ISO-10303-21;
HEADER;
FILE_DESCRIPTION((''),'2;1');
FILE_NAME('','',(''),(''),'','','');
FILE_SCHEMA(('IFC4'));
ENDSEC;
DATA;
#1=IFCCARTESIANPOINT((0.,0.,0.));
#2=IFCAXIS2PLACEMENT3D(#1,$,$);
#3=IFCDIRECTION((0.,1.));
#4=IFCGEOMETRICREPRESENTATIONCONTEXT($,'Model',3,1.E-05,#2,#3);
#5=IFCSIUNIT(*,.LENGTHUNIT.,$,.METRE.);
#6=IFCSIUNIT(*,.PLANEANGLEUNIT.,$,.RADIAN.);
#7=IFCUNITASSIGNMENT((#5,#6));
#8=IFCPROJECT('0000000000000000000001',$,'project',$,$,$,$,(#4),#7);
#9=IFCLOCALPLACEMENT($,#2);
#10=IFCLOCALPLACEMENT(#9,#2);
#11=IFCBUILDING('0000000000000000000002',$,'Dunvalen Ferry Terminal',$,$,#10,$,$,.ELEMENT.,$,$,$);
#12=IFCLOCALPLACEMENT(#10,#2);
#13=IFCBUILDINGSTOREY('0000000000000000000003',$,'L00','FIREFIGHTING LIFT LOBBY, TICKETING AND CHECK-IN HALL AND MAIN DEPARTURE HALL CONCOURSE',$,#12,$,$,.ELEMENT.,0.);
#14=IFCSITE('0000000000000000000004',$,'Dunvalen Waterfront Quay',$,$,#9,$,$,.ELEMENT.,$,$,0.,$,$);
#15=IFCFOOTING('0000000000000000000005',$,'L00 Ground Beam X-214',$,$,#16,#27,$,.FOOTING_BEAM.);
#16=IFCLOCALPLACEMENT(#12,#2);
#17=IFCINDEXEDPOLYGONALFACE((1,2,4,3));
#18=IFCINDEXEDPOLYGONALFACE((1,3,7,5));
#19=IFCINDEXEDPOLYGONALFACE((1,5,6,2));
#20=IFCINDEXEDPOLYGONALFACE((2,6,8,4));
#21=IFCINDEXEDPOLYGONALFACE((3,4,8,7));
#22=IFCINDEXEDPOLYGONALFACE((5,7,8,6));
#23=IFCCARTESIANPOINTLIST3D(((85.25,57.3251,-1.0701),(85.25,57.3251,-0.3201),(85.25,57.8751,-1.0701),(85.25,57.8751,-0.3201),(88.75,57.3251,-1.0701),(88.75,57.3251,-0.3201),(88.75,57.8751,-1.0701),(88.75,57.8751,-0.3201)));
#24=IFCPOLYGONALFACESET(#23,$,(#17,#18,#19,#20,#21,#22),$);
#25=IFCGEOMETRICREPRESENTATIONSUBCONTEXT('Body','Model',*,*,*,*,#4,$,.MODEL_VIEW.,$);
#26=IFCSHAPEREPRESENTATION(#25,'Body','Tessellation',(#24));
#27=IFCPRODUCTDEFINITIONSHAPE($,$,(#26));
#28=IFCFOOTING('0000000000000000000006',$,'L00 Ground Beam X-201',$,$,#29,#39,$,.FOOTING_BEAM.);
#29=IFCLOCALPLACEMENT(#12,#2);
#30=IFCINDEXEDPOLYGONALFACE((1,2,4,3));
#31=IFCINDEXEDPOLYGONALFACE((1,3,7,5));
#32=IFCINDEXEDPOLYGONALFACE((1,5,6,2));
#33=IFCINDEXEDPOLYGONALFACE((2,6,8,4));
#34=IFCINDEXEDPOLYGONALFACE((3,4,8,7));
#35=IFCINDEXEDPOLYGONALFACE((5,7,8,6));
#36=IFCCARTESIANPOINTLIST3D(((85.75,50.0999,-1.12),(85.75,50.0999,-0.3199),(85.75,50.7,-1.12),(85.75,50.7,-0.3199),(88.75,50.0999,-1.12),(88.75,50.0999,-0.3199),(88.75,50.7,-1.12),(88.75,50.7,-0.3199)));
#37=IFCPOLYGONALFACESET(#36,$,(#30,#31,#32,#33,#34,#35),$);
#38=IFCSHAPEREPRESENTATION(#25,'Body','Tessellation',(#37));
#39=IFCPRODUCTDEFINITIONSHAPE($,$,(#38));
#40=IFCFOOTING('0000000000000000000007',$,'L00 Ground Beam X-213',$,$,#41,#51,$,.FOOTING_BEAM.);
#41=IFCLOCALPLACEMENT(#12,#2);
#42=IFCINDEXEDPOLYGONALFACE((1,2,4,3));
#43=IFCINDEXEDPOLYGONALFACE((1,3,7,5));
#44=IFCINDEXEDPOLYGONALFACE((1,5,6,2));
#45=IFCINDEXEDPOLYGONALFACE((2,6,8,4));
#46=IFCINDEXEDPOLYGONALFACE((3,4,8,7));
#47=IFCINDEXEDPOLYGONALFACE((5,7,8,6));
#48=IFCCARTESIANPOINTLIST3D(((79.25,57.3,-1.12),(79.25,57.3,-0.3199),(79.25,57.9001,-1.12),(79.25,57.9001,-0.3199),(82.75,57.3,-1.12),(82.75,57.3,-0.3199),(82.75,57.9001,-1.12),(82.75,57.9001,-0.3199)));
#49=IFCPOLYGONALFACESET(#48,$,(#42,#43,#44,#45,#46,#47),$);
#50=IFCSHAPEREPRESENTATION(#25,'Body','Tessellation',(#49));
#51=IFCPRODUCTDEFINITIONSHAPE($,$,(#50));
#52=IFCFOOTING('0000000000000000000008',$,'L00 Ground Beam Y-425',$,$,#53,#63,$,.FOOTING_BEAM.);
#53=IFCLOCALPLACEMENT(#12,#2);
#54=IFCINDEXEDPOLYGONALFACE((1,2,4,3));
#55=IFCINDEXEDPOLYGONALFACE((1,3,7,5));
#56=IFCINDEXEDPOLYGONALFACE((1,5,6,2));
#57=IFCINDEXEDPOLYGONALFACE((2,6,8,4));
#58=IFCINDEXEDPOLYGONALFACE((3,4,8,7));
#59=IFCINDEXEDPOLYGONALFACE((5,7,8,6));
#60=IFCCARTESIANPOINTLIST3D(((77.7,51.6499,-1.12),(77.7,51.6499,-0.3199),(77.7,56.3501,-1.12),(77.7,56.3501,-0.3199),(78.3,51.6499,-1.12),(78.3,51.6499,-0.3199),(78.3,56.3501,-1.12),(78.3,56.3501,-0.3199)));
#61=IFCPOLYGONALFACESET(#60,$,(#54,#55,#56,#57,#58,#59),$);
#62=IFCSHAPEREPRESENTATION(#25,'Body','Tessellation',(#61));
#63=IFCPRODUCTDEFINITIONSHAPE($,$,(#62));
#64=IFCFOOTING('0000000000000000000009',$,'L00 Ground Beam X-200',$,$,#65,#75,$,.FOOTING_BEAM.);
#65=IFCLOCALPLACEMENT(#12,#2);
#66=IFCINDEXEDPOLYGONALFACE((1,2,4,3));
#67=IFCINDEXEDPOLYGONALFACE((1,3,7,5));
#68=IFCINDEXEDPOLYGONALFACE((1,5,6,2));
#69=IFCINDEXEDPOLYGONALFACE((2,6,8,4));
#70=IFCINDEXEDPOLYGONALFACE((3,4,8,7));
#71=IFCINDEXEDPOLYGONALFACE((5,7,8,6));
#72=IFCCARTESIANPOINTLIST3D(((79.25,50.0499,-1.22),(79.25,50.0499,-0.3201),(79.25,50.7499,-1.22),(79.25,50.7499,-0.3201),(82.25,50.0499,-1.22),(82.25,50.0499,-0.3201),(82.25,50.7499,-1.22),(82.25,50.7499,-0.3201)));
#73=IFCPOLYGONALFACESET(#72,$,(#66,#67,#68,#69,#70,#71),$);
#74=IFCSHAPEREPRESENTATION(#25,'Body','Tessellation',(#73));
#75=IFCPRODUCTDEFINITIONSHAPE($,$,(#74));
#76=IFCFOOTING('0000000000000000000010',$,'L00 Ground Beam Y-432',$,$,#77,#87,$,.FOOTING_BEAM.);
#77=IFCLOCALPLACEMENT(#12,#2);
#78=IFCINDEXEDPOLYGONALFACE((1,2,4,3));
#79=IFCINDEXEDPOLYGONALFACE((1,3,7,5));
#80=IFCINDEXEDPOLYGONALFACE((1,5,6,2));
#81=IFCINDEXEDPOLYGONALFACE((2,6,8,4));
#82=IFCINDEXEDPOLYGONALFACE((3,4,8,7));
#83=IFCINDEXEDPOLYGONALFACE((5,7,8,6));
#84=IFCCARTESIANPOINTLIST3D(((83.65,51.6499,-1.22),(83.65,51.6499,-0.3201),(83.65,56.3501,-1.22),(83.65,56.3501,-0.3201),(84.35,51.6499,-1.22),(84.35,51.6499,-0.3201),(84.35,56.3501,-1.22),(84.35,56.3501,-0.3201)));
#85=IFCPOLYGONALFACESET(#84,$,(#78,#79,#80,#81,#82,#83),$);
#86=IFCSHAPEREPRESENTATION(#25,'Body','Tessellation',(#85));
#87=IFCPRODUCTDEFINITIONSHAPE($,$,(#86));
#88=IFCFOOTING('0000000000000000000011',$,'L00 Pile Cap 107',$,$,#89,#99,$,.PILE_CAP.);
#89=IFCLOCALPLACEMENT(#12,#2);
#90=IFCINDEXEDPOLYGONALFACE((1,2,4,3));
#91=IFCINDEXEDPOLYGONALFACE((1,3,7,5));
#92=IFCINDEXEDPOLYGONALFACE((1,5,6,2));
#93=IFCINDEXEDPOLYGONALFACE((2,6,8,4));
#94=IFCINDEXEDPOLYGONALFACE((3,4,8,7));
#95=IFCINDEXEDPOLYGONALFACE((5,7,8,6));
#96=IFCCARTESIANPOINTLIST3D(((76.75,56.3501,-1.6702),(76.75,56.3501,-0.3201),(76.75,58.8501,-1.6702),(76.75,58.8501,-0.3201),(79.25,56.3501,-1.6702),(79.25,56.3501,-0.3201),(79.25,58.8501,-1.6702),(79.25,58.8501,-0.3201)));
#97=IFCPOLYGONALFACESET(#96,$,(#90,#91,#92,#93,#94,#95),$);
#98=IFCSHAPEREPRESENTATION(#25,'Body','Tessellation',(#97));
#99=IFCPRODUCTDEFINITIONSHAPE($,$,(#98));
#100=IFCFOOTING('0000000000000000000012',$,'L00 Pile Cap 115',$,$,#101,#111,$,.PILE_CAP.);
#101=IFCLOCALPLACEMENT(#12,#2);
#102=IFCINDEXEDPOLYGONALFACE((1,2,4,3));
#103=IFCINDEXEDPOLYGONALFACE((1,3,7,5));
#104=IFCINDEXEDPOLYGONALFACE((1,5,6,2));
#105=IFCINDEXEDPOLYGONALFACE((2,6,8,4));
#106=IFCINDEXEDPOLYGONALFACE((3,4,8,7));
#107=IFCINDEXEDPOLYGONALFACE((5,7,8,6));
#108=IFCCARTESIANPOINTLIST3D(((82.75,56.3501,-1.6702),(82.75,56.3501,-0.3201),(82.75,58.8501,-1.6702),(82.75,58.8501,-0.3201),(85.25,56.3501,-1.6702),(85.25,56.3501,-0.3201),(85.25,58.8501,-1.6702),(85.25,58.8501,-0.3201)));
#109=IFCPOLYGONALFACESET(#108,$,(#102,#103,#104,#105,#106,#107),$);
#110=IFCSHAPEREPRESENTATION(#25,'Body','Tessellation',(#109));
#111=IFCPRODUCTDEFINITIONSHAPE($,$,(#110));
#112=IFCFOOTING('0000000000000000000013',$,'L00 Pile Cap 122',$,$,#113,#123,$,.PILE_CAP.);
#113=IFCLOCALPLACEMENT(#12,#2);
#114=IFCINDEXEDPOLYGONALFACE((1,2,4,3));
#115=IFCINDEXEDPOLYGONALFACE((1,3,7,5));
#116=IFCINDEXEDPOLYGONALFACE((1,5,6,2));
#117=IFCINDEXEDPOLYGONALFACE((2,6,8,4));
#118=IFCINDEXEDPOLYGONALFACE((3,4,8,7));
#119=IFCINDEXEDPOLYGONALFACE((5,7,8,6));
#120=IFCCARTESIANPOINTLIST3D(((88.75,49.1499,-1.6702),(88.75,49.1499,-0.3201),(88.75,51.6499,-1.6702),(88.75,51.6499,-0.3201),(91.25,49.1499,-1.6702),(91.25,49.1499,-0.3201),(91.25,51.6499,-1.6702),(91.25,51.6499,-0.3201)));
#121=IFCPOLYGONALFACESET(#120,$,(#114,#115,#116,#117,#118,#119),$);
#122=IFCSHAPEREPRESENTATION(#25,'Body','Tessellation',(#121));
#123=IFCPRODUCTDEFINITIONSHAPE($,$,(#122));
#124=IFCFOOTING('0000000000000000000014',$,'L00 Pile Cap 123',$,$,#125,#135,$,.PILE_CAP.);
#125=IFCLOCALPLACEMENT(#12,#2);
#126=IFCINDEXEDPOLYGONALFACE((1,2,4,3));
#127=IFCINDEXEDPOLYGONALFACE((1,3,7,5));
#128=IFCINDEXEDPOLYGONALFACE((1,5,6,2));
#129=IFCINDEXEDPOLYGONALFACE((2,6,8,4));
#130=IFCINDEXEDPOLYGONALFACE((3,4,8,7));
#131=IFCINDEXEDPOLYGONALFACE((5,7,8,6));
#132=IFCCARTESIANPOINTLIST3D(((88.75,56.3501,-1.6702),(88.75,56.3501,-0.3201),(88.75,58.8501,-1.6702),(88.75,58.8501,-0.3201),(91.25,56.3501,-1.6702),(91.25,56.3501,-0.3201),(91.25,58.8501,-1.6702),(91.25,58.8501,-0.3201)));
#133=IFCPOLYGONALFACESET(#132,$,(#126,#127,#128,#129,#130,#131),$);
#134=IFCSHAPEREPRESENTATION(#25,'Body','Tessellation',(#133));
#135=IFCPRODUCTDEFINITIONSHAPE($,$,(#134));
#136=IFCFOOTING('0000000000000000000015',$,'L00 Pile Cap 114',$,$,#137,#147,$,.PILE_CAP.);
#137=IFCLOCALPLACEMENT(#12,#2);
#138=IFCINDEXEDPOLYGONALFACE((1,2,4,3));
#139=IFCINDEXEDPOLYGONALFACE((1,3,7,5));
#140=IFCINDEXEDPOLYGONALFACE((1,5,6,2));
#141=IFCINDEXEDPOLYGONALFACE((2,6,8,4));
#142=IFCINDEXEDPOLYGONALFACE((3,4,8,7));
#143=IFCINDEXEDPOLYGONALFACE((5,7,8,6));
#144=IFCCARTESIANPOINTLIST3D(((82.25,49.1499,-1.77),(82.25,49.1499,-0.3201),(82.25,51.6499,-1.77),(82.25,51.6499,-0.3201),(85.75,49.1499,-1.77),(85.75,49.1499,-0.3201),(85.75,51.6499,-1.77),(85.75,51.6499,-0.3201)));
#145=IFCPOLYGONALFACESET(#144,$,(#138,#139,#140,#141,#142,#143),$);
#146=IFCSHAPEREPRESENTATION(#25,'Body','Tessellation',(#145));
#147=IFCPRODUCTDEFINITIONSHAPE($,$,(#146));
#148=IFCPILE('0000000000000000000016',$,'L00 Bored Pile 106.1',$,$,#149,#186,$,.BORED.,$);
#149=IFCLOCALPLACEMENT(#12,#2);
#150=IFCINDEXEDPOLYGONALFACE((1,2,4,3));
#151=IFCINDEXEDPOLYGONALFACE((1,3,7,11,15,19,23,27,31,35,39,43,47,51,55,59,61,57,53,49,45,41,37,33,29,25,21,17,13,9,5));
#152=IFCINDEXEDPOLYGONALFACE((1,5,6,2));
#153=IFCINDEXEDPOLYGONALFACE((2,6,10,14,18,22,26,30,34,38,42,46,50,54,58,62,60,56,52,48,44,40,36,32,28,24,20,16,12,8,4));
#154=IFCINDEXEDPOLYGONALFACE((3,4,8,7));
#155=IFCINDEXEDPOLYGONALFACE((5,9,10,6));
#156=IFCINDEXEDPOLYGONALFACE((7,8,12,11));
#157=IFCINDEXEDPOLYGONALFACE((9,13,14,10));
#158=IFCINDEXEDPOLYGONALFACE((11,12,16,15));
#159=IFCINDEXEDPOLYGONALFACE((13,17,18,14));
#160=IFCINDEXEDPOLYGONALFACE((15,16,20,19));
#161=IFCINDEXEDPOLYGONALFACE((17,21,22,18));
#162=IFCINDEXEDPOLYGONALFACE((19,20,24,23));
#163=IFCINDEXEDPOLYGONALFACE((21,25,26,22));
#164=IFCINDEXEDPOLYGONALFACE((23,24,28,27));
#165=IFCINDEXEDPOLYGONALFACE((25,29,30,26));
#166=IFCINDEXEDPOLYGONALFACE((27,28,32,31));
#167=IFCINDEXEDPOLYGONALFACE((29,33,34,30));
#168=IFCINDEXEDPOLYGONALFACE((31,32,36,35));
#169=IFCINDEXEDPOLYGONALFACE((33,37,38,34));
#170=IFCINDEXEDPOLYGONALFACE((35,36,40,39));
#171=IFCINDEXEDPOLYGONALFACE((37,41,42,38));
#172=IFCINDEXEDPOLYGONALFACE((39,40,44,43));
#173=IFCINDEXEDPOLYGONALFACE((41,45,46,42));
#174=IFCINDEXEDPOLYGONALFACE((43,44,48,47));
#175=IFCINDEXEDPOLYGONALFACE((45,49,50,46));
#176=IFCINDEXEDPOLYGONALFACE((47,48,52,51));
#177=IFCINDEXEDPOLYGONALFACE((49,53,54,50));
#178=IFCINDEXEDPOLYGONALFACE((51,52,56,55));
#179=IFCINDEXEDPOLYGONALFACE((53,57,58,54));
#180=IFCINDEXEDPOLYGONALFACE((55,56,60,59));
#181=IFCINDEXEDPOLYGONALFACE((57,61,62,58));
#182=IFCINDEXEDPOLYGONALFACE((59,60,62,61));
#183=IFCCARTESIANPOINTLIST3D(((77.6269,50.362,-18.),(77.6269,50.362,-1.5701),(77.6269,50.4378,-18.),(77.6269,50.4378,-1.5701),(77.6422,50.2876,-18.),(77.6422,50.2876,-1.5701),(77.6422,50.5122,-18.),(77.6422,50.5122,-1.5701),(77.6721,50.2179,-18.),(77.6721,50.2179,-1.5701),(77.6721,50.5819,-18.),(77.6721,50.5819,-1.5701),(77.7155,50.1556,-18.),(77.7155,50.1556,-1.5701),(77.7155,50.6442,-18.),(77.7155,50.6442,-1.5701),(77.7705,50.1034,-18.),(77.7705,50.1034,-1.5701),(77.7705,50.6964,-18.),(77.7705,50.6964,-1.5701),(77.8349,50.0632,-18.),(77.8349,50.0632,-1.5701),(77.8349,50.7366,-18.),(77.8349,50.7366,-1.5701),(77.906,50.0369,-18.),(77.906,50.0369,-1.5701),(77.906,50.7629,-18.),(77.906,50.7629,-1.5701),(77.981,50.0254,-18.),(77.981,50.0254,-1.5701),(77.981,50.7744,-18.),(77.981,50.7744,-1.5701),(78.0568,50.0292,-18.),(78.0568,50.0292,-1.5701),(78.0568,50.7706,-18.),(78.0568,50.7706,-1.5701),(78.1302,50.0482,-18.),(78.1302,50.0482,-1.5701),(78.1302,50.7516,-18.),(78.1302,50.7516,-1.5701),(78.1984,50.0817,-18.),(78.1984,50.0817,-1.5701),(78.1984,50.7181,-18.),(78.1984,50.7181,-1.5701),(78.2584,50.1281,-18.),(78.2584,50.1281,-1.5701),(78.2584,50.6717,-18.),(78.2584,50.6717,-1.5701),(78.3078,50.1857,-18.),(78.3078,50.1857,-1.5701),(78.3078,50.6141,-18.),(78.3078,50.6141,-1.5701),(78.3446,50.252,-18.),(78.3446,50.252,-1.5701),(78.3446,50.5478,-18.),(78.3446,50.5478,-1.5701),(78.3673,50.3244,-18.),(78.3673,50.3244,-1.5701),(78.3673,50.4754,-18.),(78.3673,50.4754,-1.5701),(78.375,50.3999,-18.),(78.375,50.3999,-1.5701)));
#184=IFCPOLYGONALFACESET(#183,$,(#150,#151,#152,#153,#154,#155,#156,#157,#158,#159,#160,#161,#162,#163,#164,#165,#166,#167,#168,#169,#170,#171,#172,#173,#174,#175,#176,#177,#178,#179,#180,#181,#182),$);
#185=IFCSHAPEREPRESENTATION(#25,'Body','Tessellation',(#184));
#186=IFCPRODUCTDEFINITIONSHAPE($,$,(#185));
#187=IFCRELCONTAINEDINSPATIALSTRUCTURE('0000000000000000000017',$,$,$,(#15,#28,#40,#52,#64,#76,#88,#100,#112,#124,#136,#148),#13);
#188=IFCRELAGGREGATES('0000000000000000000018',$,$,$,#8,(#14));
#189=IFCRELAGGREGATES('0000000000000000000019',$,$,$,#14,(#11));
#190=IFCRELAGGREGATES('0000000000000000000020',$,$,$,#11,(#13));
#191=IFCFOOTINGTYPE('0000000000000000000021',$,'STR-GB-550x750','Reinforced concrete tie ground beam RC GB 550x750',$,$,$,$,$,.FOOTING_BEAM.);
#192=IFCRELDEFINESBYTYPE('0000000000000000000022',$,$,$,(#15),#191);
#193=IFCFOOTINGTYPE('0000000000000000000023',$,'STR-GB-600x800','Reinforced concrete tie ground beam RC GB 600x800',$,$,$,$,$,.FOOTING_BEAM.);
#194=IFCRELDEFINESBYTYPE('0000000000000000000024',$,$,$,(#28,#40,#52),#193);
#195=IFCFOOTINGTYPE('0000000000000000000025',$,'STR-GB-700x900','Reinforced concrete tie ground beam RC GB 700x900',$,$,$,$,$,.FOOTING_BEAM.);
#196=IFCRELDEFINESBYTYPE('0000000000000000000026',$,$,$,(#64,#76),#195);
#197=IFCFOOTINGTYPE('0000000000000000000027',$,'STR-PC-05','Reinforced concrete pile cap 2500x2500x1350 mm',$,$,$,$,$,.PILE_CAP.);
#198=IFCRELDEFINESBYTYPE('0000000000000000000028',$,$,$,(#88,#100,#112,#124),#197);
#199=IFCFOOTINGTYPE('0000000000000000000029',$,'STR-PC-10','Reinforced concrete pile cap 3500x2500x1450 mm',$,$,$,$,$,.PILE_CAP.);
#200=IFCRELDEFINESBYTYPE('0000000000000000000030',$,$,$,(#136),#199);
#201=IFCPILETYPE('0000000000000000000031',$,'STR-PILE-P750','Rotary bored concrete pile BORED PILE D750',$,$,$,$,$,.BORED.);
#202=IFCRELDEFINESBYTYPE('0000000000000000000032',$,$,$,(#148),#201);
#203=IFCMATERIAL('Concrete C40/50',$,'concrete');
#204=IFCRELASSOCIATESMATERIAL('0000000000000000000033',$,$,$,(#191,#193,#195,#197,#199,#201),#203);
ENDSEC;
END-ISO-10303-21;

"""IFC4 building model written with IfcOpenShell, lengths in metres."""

from ifc_helpers import new_model, si_unit, direction, frame, origin, origin_2d, place, context, subcontext, project, spatial, rectangle, circle, extrude, material, material_profile, profile_set, type_object, element, save


model = new_model("IFC4")

# Units and contexts
model_context = context("Model", 3, precision=1e-05, world=origin(), true_north=direction((0.0, 1.0)))
body_context = subcontext(model_context, "Body", "Model", "MODEL_VIEW")
ifc_project = project(units=[si_unit("LENGTHUNIT", "METRE"), si_unit("PLANEANGLEUNIT", "RADIAN")], contexts=[model_context])

# Site, building, storey
site_placement = place(None, origin())
site = spatial("IfcSite", under=ifc_project, at=site_placement, Name="Dunvalen Waterfront Quay", CompositionType="ELEMENT", RefElevation=0.0)
building_placement = place(site_placement, origin())
building = spatial("IfcBuilding", under=site, at=building_placement, Name="Dunvalen Ferry Terminal", CompositionType="ELEMENT")
storey_placement = place(building_placement, origin())
storey = spatial("IfcBuildingStorey", under=building, at=storey_placement, Name="L00", Description="FIREFIGHTING LIFT LOBBY, TICKETING AND CHECK-IN HALL AND MAIN DEPARTURE HALL CONCOURSE", CompositionType="ELEMENT", Elevation=0.0)

# Footings
ifc_material_1 = material(Name="Concrete C40/50", Category="concrete")
ifc_material_profile_1 = material_profile(ifc_material_1, rectangle(XDim=0.55, YDim=0.75, at=origin_2d()), Name="Concrete C40/50")
ifc_profile_set_1 = profile_set([ifc_material_profile_1], Name="Concrete C40/50")
footing_type_1 = type_object("IfcFootingType", Name="STR-GB-550x750", Description="Reinforced concrete tie ground beam RC GB 550x750", PredefinedType="FOOTING_BEAM", material=ifc_profile_set_1)
footing_1_placement = place(storey_placement, frame((85.25, 57.6001, -0.6951), z_axis=(1.0, 0.0, 0.0), x_axis=(0.0, 1.0, 0.0)))
element("IfcFooting", 1, at=footing_1_placement, inside=storey, type_object=footing_type_1, Name="L00 Ground Beam X-214", PredefinedType="FOOTING_BEAM", context=body_context, shape_type="SweptSolid", body=[
    extrude(rectangle(XDim=0.55, YDim=0.75, at=origin_2d()), origin(), (0.0, 0.0, 1.0), 3.5),
])
ifc_material_profile_2 = material_profile(ifc_material_1, rectangle(XDim=0.6001, YDim=0.8, at=origin_2d()), Name="Concrete C40/50")
ifc_profile_set_2 = profile_set([ifc_material_profile_2], Name="Concrete C40/50")
footing_type_2 = type_object("IfcFootingType", Name="STR-GB-600x800", Description="Reinforced concrete tie ground beam RC GB 600x800", PredefinedType="FOOTING_BEAM", material=ifc_profile_set_2)
footing_2_placement = place(storey_placement, frame((85.75, 50.3999, -0.72), z_axis=(1.0, 0.0, 0.0), x_axis=(0.0, 1.0, 0.0)))
element("IfcFooting", 2, at=footing_2_placement, inside=storey, type_object=footing_type_2, Name="L00 Ground Beam X-201", PredefinedType="FOOTING_BEAM", context=body_context, shape_type="SweptSolid", body=[
    extrude(rectangle(XDim=0.6001, YDim=0.8, at=origin_2d()), origin(), (0.0, 0.0, 1.0), 3.0),
])
footing_3_placement = place(storey_placement, frame((79.25, 57.6001, -0.72), z_axis=(1.0, 0.0, 0.0), x_axis=(0.0, 1.0, 0.0)))
element("IfcFooting", 3, at=footing_3_placement, inside=storey, type_object=footing_type_2, Name="L00 Ground Beam X-213", PredefinedType="FOOTING_BEAM", context=body_context, shape_type="SweptSolid", body=[
    extrude(rectangle(XDim=0.6001, YDim=0.8, at=origin_2d()), origin(), (0.0, 0.0, 1.0), 3.5),
])
footing_4_placement = place(storey_placement, frame((78.0, 51.6499, -0.72), z_axis=(0.0, 1.0, 0.0), x_axis=(-1.0, 0.0, 0.0)))
element("IfcFooting", 4, at=footing_4_placement, inside=storey, type_object=footing_type_2, Name="L00 Ground Beam Y-425", PredefinedType="FOOTING_BEAM", context=body_context, shape_type="SweptSolid", body=[
    extrude(rectangle(XDim=0.6001, YDim=0.8, at=origin_2d()), origin(), (0.0, 0.0, 1.0), 4.7002),
])
ifc_material_profile_3 = material_profile(ifc_material_1, rectangle(XDim=0.7, YDim=0.8999, at=origin_2d()), Name="Concrete C40/50")
ifc_profile_set_3 = profile_set([ifc_material_profile_3], Name="Concrete C40/50")
footing_type_3 = type_object("IfcFootingType", Name="STR-GB-700x900", Description="Reinforced concrete tie ground beam RC GB 700x900", PredefinedType="FOOTING_BEAM", material=ifc_profile_set_3)
footing_5_placement = place(storey_placement, frame((79.25, 50.3999, -0.77), z_axis=(1.0, 0.0, 0.0), x_axis=(0.0, 1.0, 0.0)))
element("IfcFooting", 5, at=footing_5_placement, inside=storey, type_object=footing_type_3, Name="L00 Ground Beam X-200", PredefinedType="FOOTING_BEAM", context=body_context, shape_type="SweptSolid", body=[
    extrude(rectangle(XDim=0.7, YDim=0.8999, at=origin_2d()), origin(), (0.0, 0.0, 1.0), 3.0),
])
footing_6_placement = place(storey_placement, frame((84.0, 51.6499, -0.77), z_axis=(0.0, 1.0, 0.0), x_axis=(-1.0, 0.0, 0.0)))
element("IfcFooting", 6, at=footing_6_placement, inside=storey, type_object=footing_type_3, Name="L00 Ground Beam Y-432", PredefinedType="FOOTING_BEAM", context=body_context, shape_type="SweptSolid", body=[
    extrude(rectangle(XDim=0.7, YDim=0.8999, at=origin_2d()), origin(), (0.0, 0.0, 1.0), 4.7002),
])
footing_type_4 = type_object("IfcFootingType", Name="STR-PC-05", Description="Reinforced concrete pile cap 2500x2500x1350 mm", PredefinedType="PILE_CAP", material=ifc_material_1)
for number, where, z_axis, x_axis, name in (
    (7, (78.0, 57.6001, -1.6702), (0.0, 0.0, 1.0), (1.0, 0.0, 0.0), "L00 Pile Cap 107"),
    (8, (84.0, 57.6001, -1.6702), (0.0, 0.0, 1.0), (1.0, 0.0, 0.0), "L00 Pile Cap 115"),
    (9, (90.0, 50.3999, -1.6702), (0.0, 0.0, 1.0), (1.0, 0.0, 0.0), "L00 Pile Cap 122"),
    (10, (90.0, 57.6001, -1.6702), (0.0, 0.0, 1.0), (1.0, 0.0, 0.0), "L00 Pile Cap 123"),
):
    element("IfcFooting", number, at=place(storey_placement, frame(where, z_axis=z_axis, x_axis=x_axis)), inside=storey, type_object=footing_type_4, Name=name, PredefinedType="PILE_CAP", context=body_context, shape_type="SweptSolid", body=[
        extrude(rectangle(XDim=2.5, YDim=2.5, at=origin_2d()), origin(), (0.0, 0.0, 1.0), 1.3501),
    ])
footing_type_5 = type_object("IfcFootingType", Name="STR-PC-10", Description="Reinforced concrete pile cap 3500x2500x1450 mm", PredefinedType="PILE_CAP", material=ifc_material_1)
footing_7_placement = place(storey_placement, frame((84.0, 50.3999, -1.77), z_axis=(0.0, 0.0, 1.0), x_axis=(1.0, 0.0, 0.0)))
element("IfcFooting", 11, at=footing_7_placement, inside=storey, type_object=footing_type_5, Name="L00 Pile Cap 114", PredefinedType="PILE_CAP", context=body_context, shape_type="SweptSolid", body=[
    extrude(rectangle(XDim=3.5, YDim=2.5, at=origin_2d()), origin(), (0.0, 0.0, 1.0), 1.45),
])

# Pile
ifc_material_profile_4 = material_profile(ifc_material_1, circle(Radius=0.375, at=origin_2d()), Name="Concrete C40/50")
ifc_profile_set_4 = profile_set([ifc_material_profile_4], Name="Concrete C40/50")
pile_type = type_object("IfcPileType", Name="STR-PILE-P750", Description="Rotary bored concrete pile BORED PILE D750", PredefinedType="BORED", material=ifc_profile_set_4)
for number, where, z_axis, x_axis, name in (
    (12, (78.0, 50.3999, -1.5701), (0.0, 0.0, -1.0), (1.0, 0.0, 0.0), "L00 Bored Pile 106.1"),
):
    element("IfcPile", number, at=place(storey_placement, frame(where, z_axis=z_axis, x_axis=x_axis)), inside=storey, type_object=pile_type, Name=name, PredefinedType="BORED", context=body_context, shape_type="SweptSolid", body=[
        extrude(circle(Radius=0.375, at=origin_2d()), origin(), (0.0, 0.0, 1.0), 16.4299),
    ])

save(model, "model.ifc")
